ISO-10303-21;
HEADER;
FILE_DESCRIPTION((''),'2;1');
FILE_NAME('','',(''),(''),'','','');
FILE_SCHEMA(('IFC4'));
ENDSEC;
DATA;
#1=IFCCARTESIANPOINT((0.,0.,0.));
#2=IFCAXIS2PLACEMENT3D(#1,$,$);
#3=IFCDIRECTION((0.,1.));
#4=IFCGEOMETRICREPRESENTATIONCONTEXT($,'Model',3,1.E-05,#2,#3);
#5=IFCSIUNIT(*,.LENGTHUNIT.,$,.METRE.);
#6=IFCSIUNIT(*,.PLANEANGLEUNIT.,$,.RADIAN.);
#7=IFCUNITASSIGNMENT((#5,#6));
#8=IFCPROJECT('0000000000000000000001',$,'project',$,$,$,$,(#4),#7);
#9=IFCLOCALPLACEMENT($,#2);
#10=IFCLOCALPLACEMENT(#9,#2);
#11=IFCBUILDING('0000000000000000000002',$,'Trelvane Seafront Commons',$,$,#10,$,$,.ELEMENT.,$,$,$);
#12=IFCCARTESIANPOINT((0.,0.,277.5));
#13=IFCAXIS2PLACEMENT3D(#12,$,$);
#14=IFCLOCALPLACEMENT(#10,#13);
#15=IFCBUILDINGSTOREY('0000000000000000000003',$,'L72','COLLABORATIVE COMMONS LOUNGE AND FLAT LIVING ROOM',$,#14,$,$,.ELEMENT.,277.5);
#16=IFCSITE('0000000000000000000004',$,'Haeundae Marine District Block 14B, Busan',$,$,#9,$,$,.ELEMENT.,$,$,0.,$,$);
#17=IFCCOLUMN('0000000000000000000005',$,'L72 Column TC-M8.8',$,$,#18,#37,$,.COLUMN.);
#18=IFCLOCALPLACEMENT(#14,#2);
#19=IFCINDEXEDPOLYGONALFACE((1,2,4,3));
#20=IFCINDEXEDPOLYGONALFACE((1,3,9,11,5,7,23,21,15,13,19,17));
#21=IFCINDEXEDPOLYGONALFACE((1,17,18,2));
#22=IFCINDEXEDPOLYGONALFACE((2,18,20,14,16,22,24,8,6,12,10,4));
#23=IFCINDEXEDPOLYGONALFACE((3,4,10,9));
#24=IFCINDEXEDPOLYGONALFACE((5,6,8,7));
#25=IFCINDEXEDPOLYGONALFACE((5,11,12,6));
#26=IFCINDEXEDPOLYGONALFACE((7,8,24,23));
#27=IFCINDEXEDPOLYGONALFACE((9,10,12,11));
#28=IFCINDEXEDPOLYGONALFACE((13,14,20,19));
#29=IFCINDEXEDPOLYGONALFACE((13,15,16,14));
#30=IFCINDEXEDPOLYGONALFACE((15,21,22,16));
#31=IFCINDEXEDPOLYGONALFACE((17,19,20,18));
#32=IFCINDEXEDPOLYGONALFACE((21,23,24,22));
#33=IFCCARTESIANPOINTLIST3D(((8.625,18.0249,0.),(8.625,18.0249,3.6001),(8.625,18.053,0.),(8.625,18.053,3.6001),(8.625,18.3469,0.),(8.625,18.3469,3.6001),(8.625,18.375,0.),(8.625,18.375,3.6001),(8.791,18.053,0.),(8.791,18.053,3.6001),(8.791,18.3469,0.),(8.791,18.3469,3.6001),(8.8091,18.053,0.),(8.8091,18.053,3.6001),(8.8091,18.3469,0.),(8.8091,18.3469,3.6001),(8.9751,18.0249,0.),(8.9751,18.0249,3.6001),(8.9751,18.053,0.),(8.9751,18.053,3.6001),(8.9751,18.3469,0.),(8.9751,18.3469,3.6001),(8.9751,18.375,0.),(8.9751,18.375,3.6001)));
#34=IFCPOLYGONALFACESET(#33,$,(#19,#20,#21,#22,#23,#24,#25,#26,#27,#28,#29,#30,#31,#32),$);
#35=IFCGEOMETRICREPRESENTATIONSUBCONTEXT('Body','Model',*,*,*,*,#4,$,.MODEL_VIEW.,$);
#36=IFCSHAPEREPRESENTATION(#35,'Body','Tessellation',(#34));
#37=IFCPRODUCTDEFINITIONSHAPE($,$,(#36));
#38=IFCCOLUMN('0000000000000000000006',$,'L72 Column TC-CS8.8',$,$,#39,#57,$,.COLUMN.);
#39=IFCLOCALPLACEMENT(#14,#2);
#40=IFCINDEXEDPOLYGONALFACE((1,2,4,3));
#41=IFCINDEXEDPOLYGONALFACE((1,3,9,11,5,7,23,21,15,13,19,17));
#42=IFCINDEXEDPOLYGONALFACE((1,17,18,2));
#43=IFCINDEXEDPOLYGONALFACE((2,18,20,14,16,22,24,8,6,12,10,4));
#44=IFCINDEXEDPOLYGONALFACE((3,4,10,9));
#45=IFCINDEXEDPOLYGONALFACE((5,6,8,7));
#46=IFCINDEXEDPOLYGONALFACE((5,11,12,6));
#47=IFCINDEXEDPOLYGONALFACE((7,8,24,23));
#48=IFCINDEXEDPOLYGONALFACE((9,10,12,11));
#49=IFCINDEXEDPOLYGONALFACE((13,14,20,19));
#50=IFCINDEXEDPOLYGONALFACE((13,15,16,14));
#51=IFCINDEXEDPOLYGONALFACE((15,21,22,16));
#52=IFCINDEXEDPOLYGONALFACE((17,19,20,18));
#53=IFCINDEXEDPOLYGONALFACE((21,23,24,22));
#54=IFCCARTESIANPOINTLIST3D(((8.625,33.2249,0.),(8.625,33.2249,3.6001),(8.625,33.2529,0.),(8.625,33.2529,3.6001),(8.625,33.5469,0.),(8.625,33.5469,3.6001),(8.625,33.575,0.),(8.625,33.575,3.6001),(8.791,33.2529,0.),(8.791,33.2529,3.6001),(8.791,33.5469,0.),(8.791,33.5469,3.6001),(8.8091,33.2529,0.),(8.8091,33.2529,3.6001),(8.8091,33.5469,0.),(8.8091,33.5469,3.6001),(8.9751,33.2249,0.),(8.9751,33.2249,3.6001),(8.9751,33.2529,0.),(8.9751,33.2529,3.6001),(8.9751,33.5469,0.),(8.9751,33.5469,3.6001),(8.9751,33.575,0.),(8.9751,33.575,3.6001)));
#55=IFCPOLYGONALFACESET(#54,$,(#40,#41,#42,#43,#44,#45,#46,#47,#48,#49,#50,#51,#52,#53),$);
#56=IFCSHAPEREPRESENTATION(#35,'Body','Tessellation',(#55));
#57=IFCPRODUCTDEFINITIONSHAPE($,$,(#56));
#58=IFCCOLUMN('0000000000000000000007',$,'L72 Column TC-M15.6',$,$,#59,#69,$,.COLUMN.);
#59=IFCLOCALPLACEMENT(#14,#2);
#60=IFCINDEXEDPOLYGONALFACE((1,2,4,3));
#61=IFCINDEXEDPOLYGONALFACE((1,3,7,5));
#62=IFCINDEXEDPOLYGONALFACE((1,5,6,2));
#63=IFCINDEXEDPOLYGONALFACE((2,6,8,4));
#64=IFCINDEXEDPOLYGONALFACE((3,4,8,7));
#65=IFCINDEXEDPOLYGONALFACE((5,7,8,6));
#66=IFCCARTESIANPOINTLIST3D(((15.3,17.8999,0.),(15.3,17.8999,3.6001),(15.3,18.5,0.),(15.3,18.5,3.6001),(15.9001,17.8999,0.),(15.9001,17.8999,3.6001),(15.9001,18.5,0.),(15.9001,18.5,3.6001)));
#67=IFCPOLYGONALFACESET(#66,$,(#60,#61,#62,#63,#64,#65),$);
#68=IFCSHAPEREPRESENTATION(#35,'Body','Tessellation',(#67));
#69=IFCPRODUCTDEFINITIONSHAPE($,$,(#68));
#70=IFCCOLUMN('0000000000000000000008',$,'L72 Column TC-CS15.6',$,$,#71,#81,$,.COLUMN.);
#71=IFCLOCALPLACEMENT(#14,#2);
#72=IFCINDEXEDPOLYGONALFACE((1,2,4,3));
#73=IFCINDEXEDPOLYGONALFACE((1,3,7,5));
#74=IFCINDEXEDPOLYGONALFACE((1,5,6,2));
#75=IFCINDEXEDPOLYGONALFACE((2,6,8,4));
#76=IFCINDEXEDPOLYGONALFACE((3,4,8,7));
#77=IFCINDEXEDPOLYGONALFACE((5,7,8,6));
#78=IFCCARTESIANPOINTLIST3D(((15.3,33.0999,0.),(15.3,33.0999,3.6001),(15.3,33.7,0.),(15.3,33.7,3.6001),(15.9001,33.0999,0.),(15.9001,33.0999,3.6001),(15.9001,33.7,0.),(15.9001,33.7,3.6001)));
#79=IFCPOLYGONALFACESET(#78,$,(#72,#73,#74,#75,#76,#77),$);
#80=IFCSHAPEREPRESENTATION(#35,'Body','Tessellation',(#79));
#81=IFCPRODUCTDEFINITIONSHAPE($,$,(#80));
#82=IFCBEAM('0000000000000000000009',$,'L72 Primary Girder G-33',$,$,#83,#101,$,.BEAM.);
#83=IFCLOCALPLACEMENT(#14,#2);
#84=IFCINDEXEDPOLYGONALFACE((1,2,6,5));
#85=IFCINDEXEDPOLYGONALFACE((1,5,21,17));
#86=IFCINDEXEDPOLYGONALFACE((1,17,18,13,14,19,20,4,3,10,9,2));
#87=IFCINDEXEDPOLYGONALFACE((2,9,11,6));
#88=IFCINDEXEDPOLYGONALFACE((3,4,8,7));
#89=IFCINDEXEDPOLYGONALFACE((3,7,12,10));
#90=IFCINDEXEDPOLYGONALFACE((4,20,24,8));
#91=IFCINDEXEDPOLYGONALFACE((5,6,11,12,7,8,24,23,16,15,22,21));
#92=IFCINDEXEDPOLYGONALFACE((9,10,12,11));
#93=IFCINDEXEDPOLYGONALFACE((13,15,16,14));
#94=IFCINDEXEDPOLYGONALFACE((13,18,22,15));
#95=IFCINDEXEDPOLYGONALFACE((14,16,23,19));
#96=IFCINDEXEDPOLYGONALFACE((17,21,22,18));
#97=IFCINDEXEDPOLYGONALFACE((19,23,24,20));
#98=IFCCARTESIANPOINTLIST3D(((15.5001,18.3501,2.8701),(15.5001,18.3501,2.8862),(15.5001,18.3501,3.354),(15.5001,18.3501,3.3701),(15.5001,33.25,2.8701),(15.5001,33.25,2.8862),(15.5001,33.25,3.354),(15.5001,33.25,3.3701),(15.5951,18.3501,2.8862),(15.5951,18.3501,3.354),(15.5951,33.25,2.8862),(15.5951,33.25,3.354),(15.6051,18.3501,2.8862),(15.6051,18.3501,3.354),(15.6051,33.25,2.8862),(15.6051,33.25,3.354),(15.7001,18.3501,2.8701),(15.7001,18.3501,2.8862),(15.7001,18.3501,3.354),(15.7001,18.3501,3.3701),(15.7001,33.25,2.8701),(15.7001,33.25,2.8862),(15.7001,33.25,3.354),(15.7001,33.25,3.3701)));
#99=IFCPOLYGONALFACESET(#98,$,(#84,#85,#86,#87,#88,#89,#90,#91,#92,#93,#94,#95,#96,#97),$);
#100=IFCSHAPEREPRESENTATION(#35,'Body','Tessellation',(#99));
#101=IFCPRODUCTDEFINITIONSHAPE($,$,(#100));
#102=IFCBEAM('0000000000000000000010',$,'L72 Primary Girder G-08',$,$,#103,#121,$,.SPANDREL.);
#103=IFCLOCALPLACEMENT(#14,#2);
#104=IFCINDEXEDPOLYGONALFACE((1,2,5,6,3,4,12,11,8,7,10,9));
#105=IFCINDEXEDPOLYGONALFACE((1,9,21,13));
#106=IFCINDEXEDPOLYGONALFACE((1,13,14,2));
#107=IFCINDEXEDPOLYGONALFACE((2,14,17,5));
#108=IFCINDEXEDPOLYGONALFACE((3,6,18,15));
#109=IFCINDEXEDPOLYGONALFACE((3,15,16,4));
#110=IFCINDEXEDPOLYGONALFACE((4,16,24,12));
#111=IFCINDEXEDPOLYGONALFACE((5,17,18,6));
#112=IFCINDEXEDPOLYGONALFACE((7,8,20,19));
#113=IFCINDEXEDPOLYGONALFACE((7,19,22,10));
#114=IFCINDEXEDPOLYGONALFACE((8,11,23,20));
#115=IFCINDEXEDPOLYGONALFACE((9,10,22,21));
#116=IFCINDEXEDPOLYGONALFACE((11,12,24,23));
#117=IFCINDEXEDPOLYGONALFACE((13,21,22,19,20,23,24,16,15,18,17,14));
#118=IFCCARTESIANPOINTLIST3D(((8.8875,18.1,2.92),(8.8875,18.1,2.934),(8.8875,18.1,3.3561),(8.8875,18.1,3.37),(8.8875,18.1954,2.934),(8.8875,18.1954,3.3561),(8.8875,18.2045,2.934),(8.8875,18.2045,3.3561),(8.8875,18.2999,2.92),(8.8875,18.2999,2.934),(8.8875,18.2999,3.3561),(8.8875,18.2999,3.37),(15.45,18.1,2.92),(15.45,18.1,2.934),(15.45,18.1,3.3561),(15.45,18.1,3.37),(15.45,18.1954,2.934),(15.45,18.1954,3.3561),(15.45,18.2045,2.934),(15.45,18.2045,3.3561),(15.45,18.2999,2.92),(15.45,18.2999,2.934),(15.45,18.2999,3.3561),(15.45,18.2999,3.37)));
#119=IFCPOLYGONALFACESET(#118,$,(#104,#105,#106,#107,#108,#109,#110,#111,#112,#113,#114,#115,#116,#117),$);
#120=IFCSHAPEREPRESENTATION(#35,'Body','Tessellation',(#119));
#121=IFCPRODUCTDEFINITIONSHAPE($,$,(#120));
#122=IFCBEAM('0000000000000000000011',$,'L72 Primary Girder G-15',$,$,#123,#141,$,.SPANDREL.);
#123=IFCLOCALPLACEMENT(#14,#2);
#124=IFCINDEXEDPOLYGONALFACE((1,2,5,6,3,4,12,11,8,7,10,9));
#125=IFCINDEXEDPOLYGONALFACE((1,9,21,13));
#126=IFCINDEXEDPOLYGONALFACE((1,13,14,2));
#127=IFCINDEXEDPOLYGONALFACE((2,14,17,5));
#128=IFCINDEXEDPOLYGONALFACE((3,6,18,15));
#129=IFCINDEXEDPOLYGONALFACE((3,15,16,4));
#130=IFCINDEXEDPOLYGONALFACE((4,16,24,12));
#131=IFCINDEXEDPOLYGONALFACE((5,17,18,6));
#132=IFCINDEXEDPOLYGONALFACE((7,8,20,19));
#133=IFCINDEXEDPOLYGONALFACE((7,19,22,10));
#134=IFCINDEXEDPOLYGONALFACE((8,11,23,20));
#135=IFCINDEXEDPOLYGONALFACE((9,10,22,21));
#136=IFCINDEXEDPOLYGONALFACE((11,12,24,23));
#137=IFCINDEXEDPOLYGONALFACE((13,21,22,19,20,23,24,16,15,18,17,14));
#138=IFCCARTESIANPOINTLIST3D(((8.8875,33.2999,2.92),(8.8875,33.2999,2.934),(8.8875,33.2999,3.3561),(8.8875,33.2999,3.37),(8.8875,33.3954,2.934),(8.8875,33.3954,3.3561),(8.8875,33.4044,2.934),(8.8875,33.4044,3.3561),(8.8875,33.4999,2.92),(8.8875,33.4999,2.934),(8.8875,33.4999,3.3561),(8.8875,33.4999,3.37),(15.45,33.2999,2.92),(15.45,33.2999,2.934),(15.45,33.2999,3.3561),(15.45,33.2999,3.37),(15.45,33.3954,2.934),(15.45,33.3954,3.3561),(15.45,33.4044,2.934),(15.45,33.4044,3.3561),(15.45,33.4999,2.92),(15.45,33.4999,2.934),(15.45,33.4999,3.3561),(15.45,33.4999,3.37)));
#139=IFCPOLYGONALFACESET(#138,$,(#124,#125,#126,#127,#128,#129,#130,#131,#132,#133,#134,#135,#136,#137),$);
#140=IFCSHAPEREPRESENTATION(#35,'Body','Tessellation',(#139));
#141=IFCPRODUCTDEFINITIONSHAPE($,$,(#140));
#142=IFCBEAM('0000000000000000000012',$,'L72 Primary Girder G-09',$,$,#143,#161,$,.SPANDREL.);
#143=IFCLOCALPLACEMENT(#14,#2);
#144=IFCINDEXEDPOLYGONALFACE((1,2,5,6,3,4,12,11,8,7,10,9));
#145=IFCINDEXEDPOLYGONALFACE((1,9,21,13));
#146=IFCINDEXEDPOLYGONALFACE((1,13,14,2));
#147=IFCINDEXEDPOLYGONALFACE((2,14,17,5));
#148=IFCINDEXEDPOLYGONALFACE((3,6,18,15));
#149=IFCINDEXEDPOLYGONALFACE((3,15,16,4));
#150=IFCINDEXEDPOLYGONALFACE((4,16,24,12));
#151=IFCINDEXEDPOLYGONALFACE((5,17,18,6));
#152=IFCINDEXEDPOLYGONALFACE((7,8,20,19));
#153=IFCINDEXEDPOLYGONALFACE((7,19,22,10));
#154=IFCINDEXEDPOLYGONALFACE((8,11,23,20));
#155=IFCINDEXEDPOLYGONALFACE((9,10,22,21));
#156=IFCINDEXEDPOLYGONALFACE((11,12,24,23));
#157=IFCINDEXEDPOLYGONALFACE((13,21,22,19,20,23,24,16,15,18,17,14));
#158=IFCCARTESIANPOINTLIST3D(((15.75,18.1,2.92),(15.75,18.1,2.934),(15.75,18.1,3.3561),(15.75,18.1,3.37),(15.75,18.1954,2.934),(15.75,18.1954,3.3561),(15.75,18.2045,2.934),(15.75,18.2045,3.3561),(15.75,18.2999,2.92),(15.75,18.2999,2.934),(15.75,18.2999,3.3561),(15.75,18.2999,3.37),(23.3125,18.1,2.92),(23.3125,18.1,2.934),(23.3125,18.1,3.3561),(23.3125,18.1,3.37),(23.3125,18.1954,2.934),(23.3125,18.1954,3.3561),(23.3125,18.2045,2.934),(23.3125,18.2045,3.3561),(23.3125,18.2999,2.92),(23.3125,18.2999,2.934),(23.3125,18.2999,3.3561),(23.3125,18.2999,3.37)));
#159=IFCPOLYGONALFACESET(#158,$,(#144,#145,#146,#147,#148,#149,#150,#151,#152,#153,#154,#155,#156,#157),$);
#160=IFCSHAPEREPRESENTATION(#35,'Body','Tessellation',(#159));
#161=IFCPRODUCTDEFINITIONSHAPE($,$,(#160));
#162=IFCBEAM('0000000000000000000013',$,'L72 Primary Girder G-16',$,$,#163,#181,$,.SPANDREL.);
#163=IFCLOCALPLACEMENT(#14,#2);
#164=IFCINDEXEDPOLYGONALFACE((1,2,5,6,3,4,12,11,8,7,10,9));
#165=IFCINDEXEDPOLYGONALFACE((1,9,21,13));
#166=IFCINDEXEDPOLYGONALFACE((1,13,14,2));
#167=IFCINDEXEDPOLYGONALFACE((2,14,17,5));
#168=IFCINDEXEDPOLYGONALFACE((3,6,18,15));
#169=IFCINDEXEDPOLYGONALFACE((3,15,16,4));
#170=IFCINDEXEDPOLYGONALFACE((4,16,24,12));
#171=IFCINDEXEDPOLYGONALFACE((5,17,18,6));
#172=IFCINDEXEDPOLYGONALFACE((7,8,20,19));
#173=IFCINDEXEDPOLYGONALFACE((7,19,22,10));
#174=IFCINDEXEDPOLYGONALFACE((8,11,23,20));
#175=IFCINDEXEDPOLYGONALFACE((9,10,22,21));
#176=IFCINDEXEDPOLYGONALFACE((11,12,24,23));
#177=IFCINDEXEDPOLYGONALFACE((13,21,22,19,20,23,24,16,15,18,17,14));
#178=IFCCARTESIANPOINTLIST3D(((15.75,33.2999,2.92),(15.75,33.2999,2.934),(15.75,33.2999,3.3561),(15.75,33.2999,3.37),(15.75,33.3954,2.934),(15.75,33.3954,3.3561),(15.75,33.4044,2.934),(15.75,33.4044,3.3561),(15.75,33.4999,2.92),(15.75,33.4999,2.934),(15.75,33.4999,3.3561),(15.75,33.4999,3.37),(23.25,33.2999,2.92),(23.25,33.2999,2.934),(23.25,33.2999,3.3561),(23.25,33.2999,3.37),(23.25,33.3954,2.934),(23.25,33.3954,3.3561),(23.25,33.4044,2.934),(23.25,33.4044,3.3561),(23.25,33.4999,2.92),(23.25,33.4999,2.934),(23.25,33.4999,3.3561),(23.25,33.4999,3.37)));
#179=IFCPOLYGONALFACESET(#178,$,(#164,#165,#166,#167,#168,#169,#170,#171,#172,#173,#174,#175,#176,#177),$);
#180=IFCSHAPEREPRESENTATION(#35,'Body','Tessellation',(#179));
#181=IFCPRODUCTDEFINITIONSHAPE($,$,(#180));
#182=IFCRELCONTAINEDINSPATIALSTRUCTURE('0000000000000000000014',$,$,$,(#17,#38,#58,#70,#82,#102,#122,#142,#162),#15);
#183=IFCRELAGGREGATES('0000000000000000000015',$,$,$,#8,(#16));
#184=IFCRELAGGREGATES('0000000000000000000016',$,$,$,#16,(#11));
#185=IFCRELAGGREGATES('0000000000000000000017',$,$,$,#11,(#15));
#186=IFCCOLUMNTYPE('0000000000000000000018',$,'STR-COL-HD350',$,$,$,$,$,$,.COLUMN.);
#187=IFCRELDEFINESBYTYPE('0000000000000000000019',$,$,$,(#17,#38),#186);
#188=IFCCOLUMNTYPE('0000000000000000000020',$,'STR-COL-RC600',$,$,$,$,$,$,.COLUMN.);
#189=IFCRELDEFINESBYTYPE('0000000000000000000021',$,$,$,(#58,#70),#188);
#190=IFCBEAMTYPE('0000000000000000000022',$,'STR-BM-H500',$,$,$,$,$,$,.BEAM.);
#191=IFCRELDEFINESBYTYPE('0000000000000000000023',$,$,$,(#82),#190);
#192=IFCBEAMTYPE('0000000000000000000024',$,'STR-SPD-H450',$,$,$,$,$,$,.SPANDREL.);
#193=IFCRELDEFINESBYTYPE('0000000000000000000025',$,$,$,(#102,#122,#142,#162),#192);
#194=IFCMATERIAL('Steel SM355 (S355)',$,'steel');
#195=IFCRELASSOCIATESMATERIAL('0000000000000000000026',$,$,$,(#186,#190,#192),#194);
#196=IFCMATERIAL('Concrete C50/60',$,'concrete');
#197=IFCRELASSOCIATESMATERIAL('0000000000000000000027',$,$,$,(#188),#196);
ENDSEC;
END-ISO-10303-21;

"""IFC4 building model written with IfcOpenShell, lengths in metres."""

from ifc_helpers import new_model, si_unit, direction, frame, origin, origin_2d, place, context, subcontext, project, spatial, rectangle, i_section, extrude, source, transform, mapped, material, material_profile, profile_set, type_object, element, save


model = new_model("IFC4")

# Units and contexts
model_context = context("Model", 3, precision=1e-05, world=origin(), true_north=direction((0.0, 1.0)))
body_context = subcontext(model_context, "Body", "Model", "MODEL_VIEW")
ifc_project = project(units=[si_unit("LENGTHUNIT", "METRE"), si_unit("PLANEANGLEUNIT", "RADIAN")], contexts=[model_context])

# Site, building, storey
site_placement = place(None, origin())
site = spatial("IfcSite", under=ifc_project, at=site_placement, Name="Haeundae Marine District Block 14B, Busan", CompositionType="ELEMENT", RefElevation=0.0)
building_placement = place(site_placement, origin())
building = spatial("IfcBuilding", under=site, at=building_placement, Name="Trelvane Seafront Commons", CompositionType="ELEMENT")
storey_placement = place(building_placement, frame((0.0, 0.0, 277.5)))
storey = spatial("IfcBuildingStorey", under=building, at=storey_placement, Name="L72", Description="COLLABORATIVE COMMONS LOUNGE AND FLAT LIVING ROOM", CompositionType="ELEMENT", Elevation=277.5)

# Columns
ifc_material_1 = material(Name="Steel SM355 (S355)", Category="steel")
ifc_material_profile_1 = material_profile(ifc_material_1, i_section(OverallWidth=0.3501, OverallDepth=0.3501, WebThickness=0.0181, FlangeThickness=0.0281, at=origin_2d()), Name="HD-350x350x18x28")
ifc_profile_set_1 = profile_set([ifc_material_profile_1], Name="Steel SM355 (S355)")
column_type_1 = type_object("IfcColumnType", Name="STR-COL-HD350", PredefinedType="COLUMN", material=ifc_profile_set_1)
shared_shape_1 = source(origin(), body_context, "Body", "SweptSolid", [
    extrude(i_section(OverallWidth=0.3501, OverallDepth=0.3501, WebThickness=0.0181, FlangeThickness=0.0281, at=origin_2d()), origin(), (0.0, 0.0, 1.0), 3.6001),
])
for number, where, z_axis, x_axis, name in (
    (1, (8.8, 18.2, 0.0), (0.0, 0.0, 1.0), (1.0, 0.0, 0.0), "L72 Column TC-M8.8"),
    (2, (8.8, 33.3999, 0.0), (0.0, 0.0, 1.0), (1.0, 0.0, 0.0), "L72 Column TC-CS8.8"),
):
    element("IfcColumn", number, at=place(storey_placement, frame(where, z_axis=z_axis, x_axis=x_axis)), inside=storey, type_object=column_type_1, Name=name, PredefinedType="COLUMN", context=body_context, shape_type="MappedRepresentation", body=[
        mapped(shared_shape_1, transform((0.0, 0.0, 0.0), x_axis=(1.0, 0.0, 0.0), y_axis=(0.0, 1.0, 0.0), z_axis=(0.0, 0.0, 1.0), scale=1.0)),
    ])
ifc_material_2 = material(Name="Concrete C50/60", Category="concrete")
ifc_material_profile_2 = material_profile(ifc_material_2, rectangle(XDim=0.6001, YDim=0.6001, at=origin_2d()), Name="RC-600x600")
ifc_profile_set_2 = profile_set([ifc_material_profile_2], Name="Concrete C50/60")
column_type_2 = type_object("IfcColumnType", Name="STR-COL-RC600", PredefinedType="COLUMN", material=ifc_profile_set_2)
shared_shape_2 = source(origin(), body_context, "Body", "SweptSolid", [
    extrude(rectangle(XDim=0.6001, YDim=0.6001, at=origin_2d()), origin(), (0.0, 0.0, 1.0), 3.6001),
])
for number, where, z_axis, x_axis, name in (
    (3, (15.6001, 18.2, 0.0), (0.0, 0.0, 1.0), (1.0, 0.0, 0.0), "L72 Column TC-M15.6"),
    (4, (15.6001, 33.3999, 0.0), (0.0, 0.0, 1.0), (1.0, 0.0, 0.0), "L72 Column TC-CS15.6"),
):
    element("IfcColumn", number, at=place(storey_placement, frame(where, z_axis=z_axis, x_axis=x_axis)), inside=storey, type_object=column_type_2, Name=name, PredefinedType="COLUMN", context=body_context, shape_type="MappedRepresentation", body=[
        mapped(shared_shape_2, transform((0.0, 0.0, 0.0), x_axis=(1.0, 0.0, 0.0), y_axis=(0.0, 1.0, 0.0), z_axis=(0.0, 0.0, 1.0), scale=1.0)),
    ])

# Beams
ifc_material_profile_3 = material_profile(ifc_material_1, i_section(OverallWidth=0.2, OverallDepth=0.5, WebThickness=0.01, FlangeThickness=0.0161, at=origin_2d()), Name="H-500x200x10x16")
ifc_profile_set_3 = profile_set([ifc_material_profile_3], Name="Steel SM355 (S355)")
beam_type_1 = type_object("IfcBeamType", Name="STR-BM-H500", PredefinedType="BEAM", material=ifc_profile_set_3)
shared_shape_3 = source(origin(), body_context, "Body", "SweptSolid", [
    extrude(i_section(OverallWidth=0.2, OverallDepth=0.5, WebThickness=0.01, FlangeThickness=0.0161, at=origin_2d()), origin(), (0.0, 0.0, 1.0), 14.8999),
])
beam_1_placement = place(storey_placement, frame((15.6001, 18.3501, 3.1201), z_axis=(0.0, 1.0, 0.0), x_axis=(-1.0, 0.0, 0.0)))
element("IfcBeam", 5, at=beam_1_placement, inside=storey, type_object=beam_type_1, Name="L72 Primary Girder G-33", PredefinedType="BEAM", context=body_context, shape_type="MappedRepresentation", body=[
    mapped(shared_shape_3, transform((0.0, 0.0, 0.0), x_axis=(1.0, 0.0, 0.0), y_axis=(0.0, 1.0, 0.0), z_axis=(0.0, 0.0, 1.0), scale=1.0)),
])
ifc_material_profile_4 = material_profile(ifc_material_1, i_section(OverallWidth=0.2, OverallDepth=0.45, WebThickness=0.009, FlangeThickness=0.0139, at=origin_2d()), Name="H-450x200x9x14")
ifc_profile_set_4 = profile_set([ifc_material_profile_4], Name="Steel SM355 (S355)")
beam_type_2 = type_object("IfcBeamType", Name="STR-SPD-H450", PredefinedType="SPANDREL", material=ifc_profile_set_4)
shared_shape_4 = source(origin(), body_context, "Body", "SweptSolid", [
    extrude(i_section(OverallWidth=0.2, OverallDepth=0.45, WebThickness=0.009, FlangeThickness=0.0139, at=origin_2d()), origin(), (0.0, 0.0, 1.0), 6.5625),
])
for number, where, z_axis, x_axis, name in (
    (6, (8.8875, 18.2, 3.145), (1.0, 0.0, 0.0), (0.0, 1.0, 0.0), "L72 Primary Girder G-08"),
    (7, (8.8875, 33.3999, 3.145), (1.0, 0.0, 0.0), (0.0, 1.0, 0.0), "L72 Primary Girder G-15"),
):
    element("IfcBeam", number, at=place(storey_placement, frame(where, z_axis=z_axis, x_axis=x_axis)), inside=storey, type_object=beam_type_2, Name=name, PredefinedType="SPANDREL", context=body_context, shape_type="MappedRepresentation", body=[
        mapped(shared_shape_4, transform((0.0, 0.0, 0.0), x_axis=(1.0, 0.0, 0.0), y_axis=(0.0, 1.0, 0.0), z_axis=(0.0, 0.0, 1.0), scale=1.0)),
    ])
shared_shape_5 = source(origin(), body_context, "Body", "SweptSolid", [
    extrude(i_section(OverallWidth=0.2, OverallDepth=0.45, WebThickness=0.009, FlangeThickness=0.0139, at=origin_2d()), origin(), (0.0, 0.0, 1.0), 7.5625),
])
beam_2_placement = place(storey_placement, frame((15.75, 18.2, 3.145), z_axis=(1.0, 0.0, 0.0), x_axis=(0.0, 1.0, 0.0)))
element("IfcBeam", 8, at=beam_2_placement, inside=storey, type_object=beam_type_2, Name="L72 Primary Girder G-09", PredefinedType="SPANDREL", context=body_context, shape_type="MappedRepresentation", body=[
    mapped(shared_shape_5, transform((0.0, 0.0, 0.0), x_axis=(1.0, 0.0, 0.0), y_axis=(0.0, 1.0, 0.0), z_axis=(0.0, 0.0, 1.0), scale=1.0)),
])
shared_shape_6 = source(origin(), body_context, "Body", "SweptSolid", [
    extrude(i_section(OverallWidth=0.2, OverallDepth=0.45, WebThickness=0.009, FlangeThickness=0.0139, at=origin_2d()), origin(), (0.0, 0.0, 1.0), 7.5),
])
beam_3_placement = place(storey_placement, frame((15.75, 33.3999, 3.145), z_axis=(1.0, 0.0, 0.0), x_axis=(0.0, 1.0, 0.0)))
element("IfcBeam", 9, at=beam_3_placement, inside=storey, type_object=beam_type_2, Name="L72 Primary Girder G-16", PredefinedType="SPANDREL", context=body_context, shape_type="MappedRepresentation", body=[
    mapped(shared_shape_6, transform((0.0, 0.0, 0.0), x_axis=(1.0, 0.0, 0.0), y_axis=(0.0, 1.0, 0.0), z_axis=(0.0, 0.0, 1.0), scale=1.0)),
])

save(model, "model.ifc")
